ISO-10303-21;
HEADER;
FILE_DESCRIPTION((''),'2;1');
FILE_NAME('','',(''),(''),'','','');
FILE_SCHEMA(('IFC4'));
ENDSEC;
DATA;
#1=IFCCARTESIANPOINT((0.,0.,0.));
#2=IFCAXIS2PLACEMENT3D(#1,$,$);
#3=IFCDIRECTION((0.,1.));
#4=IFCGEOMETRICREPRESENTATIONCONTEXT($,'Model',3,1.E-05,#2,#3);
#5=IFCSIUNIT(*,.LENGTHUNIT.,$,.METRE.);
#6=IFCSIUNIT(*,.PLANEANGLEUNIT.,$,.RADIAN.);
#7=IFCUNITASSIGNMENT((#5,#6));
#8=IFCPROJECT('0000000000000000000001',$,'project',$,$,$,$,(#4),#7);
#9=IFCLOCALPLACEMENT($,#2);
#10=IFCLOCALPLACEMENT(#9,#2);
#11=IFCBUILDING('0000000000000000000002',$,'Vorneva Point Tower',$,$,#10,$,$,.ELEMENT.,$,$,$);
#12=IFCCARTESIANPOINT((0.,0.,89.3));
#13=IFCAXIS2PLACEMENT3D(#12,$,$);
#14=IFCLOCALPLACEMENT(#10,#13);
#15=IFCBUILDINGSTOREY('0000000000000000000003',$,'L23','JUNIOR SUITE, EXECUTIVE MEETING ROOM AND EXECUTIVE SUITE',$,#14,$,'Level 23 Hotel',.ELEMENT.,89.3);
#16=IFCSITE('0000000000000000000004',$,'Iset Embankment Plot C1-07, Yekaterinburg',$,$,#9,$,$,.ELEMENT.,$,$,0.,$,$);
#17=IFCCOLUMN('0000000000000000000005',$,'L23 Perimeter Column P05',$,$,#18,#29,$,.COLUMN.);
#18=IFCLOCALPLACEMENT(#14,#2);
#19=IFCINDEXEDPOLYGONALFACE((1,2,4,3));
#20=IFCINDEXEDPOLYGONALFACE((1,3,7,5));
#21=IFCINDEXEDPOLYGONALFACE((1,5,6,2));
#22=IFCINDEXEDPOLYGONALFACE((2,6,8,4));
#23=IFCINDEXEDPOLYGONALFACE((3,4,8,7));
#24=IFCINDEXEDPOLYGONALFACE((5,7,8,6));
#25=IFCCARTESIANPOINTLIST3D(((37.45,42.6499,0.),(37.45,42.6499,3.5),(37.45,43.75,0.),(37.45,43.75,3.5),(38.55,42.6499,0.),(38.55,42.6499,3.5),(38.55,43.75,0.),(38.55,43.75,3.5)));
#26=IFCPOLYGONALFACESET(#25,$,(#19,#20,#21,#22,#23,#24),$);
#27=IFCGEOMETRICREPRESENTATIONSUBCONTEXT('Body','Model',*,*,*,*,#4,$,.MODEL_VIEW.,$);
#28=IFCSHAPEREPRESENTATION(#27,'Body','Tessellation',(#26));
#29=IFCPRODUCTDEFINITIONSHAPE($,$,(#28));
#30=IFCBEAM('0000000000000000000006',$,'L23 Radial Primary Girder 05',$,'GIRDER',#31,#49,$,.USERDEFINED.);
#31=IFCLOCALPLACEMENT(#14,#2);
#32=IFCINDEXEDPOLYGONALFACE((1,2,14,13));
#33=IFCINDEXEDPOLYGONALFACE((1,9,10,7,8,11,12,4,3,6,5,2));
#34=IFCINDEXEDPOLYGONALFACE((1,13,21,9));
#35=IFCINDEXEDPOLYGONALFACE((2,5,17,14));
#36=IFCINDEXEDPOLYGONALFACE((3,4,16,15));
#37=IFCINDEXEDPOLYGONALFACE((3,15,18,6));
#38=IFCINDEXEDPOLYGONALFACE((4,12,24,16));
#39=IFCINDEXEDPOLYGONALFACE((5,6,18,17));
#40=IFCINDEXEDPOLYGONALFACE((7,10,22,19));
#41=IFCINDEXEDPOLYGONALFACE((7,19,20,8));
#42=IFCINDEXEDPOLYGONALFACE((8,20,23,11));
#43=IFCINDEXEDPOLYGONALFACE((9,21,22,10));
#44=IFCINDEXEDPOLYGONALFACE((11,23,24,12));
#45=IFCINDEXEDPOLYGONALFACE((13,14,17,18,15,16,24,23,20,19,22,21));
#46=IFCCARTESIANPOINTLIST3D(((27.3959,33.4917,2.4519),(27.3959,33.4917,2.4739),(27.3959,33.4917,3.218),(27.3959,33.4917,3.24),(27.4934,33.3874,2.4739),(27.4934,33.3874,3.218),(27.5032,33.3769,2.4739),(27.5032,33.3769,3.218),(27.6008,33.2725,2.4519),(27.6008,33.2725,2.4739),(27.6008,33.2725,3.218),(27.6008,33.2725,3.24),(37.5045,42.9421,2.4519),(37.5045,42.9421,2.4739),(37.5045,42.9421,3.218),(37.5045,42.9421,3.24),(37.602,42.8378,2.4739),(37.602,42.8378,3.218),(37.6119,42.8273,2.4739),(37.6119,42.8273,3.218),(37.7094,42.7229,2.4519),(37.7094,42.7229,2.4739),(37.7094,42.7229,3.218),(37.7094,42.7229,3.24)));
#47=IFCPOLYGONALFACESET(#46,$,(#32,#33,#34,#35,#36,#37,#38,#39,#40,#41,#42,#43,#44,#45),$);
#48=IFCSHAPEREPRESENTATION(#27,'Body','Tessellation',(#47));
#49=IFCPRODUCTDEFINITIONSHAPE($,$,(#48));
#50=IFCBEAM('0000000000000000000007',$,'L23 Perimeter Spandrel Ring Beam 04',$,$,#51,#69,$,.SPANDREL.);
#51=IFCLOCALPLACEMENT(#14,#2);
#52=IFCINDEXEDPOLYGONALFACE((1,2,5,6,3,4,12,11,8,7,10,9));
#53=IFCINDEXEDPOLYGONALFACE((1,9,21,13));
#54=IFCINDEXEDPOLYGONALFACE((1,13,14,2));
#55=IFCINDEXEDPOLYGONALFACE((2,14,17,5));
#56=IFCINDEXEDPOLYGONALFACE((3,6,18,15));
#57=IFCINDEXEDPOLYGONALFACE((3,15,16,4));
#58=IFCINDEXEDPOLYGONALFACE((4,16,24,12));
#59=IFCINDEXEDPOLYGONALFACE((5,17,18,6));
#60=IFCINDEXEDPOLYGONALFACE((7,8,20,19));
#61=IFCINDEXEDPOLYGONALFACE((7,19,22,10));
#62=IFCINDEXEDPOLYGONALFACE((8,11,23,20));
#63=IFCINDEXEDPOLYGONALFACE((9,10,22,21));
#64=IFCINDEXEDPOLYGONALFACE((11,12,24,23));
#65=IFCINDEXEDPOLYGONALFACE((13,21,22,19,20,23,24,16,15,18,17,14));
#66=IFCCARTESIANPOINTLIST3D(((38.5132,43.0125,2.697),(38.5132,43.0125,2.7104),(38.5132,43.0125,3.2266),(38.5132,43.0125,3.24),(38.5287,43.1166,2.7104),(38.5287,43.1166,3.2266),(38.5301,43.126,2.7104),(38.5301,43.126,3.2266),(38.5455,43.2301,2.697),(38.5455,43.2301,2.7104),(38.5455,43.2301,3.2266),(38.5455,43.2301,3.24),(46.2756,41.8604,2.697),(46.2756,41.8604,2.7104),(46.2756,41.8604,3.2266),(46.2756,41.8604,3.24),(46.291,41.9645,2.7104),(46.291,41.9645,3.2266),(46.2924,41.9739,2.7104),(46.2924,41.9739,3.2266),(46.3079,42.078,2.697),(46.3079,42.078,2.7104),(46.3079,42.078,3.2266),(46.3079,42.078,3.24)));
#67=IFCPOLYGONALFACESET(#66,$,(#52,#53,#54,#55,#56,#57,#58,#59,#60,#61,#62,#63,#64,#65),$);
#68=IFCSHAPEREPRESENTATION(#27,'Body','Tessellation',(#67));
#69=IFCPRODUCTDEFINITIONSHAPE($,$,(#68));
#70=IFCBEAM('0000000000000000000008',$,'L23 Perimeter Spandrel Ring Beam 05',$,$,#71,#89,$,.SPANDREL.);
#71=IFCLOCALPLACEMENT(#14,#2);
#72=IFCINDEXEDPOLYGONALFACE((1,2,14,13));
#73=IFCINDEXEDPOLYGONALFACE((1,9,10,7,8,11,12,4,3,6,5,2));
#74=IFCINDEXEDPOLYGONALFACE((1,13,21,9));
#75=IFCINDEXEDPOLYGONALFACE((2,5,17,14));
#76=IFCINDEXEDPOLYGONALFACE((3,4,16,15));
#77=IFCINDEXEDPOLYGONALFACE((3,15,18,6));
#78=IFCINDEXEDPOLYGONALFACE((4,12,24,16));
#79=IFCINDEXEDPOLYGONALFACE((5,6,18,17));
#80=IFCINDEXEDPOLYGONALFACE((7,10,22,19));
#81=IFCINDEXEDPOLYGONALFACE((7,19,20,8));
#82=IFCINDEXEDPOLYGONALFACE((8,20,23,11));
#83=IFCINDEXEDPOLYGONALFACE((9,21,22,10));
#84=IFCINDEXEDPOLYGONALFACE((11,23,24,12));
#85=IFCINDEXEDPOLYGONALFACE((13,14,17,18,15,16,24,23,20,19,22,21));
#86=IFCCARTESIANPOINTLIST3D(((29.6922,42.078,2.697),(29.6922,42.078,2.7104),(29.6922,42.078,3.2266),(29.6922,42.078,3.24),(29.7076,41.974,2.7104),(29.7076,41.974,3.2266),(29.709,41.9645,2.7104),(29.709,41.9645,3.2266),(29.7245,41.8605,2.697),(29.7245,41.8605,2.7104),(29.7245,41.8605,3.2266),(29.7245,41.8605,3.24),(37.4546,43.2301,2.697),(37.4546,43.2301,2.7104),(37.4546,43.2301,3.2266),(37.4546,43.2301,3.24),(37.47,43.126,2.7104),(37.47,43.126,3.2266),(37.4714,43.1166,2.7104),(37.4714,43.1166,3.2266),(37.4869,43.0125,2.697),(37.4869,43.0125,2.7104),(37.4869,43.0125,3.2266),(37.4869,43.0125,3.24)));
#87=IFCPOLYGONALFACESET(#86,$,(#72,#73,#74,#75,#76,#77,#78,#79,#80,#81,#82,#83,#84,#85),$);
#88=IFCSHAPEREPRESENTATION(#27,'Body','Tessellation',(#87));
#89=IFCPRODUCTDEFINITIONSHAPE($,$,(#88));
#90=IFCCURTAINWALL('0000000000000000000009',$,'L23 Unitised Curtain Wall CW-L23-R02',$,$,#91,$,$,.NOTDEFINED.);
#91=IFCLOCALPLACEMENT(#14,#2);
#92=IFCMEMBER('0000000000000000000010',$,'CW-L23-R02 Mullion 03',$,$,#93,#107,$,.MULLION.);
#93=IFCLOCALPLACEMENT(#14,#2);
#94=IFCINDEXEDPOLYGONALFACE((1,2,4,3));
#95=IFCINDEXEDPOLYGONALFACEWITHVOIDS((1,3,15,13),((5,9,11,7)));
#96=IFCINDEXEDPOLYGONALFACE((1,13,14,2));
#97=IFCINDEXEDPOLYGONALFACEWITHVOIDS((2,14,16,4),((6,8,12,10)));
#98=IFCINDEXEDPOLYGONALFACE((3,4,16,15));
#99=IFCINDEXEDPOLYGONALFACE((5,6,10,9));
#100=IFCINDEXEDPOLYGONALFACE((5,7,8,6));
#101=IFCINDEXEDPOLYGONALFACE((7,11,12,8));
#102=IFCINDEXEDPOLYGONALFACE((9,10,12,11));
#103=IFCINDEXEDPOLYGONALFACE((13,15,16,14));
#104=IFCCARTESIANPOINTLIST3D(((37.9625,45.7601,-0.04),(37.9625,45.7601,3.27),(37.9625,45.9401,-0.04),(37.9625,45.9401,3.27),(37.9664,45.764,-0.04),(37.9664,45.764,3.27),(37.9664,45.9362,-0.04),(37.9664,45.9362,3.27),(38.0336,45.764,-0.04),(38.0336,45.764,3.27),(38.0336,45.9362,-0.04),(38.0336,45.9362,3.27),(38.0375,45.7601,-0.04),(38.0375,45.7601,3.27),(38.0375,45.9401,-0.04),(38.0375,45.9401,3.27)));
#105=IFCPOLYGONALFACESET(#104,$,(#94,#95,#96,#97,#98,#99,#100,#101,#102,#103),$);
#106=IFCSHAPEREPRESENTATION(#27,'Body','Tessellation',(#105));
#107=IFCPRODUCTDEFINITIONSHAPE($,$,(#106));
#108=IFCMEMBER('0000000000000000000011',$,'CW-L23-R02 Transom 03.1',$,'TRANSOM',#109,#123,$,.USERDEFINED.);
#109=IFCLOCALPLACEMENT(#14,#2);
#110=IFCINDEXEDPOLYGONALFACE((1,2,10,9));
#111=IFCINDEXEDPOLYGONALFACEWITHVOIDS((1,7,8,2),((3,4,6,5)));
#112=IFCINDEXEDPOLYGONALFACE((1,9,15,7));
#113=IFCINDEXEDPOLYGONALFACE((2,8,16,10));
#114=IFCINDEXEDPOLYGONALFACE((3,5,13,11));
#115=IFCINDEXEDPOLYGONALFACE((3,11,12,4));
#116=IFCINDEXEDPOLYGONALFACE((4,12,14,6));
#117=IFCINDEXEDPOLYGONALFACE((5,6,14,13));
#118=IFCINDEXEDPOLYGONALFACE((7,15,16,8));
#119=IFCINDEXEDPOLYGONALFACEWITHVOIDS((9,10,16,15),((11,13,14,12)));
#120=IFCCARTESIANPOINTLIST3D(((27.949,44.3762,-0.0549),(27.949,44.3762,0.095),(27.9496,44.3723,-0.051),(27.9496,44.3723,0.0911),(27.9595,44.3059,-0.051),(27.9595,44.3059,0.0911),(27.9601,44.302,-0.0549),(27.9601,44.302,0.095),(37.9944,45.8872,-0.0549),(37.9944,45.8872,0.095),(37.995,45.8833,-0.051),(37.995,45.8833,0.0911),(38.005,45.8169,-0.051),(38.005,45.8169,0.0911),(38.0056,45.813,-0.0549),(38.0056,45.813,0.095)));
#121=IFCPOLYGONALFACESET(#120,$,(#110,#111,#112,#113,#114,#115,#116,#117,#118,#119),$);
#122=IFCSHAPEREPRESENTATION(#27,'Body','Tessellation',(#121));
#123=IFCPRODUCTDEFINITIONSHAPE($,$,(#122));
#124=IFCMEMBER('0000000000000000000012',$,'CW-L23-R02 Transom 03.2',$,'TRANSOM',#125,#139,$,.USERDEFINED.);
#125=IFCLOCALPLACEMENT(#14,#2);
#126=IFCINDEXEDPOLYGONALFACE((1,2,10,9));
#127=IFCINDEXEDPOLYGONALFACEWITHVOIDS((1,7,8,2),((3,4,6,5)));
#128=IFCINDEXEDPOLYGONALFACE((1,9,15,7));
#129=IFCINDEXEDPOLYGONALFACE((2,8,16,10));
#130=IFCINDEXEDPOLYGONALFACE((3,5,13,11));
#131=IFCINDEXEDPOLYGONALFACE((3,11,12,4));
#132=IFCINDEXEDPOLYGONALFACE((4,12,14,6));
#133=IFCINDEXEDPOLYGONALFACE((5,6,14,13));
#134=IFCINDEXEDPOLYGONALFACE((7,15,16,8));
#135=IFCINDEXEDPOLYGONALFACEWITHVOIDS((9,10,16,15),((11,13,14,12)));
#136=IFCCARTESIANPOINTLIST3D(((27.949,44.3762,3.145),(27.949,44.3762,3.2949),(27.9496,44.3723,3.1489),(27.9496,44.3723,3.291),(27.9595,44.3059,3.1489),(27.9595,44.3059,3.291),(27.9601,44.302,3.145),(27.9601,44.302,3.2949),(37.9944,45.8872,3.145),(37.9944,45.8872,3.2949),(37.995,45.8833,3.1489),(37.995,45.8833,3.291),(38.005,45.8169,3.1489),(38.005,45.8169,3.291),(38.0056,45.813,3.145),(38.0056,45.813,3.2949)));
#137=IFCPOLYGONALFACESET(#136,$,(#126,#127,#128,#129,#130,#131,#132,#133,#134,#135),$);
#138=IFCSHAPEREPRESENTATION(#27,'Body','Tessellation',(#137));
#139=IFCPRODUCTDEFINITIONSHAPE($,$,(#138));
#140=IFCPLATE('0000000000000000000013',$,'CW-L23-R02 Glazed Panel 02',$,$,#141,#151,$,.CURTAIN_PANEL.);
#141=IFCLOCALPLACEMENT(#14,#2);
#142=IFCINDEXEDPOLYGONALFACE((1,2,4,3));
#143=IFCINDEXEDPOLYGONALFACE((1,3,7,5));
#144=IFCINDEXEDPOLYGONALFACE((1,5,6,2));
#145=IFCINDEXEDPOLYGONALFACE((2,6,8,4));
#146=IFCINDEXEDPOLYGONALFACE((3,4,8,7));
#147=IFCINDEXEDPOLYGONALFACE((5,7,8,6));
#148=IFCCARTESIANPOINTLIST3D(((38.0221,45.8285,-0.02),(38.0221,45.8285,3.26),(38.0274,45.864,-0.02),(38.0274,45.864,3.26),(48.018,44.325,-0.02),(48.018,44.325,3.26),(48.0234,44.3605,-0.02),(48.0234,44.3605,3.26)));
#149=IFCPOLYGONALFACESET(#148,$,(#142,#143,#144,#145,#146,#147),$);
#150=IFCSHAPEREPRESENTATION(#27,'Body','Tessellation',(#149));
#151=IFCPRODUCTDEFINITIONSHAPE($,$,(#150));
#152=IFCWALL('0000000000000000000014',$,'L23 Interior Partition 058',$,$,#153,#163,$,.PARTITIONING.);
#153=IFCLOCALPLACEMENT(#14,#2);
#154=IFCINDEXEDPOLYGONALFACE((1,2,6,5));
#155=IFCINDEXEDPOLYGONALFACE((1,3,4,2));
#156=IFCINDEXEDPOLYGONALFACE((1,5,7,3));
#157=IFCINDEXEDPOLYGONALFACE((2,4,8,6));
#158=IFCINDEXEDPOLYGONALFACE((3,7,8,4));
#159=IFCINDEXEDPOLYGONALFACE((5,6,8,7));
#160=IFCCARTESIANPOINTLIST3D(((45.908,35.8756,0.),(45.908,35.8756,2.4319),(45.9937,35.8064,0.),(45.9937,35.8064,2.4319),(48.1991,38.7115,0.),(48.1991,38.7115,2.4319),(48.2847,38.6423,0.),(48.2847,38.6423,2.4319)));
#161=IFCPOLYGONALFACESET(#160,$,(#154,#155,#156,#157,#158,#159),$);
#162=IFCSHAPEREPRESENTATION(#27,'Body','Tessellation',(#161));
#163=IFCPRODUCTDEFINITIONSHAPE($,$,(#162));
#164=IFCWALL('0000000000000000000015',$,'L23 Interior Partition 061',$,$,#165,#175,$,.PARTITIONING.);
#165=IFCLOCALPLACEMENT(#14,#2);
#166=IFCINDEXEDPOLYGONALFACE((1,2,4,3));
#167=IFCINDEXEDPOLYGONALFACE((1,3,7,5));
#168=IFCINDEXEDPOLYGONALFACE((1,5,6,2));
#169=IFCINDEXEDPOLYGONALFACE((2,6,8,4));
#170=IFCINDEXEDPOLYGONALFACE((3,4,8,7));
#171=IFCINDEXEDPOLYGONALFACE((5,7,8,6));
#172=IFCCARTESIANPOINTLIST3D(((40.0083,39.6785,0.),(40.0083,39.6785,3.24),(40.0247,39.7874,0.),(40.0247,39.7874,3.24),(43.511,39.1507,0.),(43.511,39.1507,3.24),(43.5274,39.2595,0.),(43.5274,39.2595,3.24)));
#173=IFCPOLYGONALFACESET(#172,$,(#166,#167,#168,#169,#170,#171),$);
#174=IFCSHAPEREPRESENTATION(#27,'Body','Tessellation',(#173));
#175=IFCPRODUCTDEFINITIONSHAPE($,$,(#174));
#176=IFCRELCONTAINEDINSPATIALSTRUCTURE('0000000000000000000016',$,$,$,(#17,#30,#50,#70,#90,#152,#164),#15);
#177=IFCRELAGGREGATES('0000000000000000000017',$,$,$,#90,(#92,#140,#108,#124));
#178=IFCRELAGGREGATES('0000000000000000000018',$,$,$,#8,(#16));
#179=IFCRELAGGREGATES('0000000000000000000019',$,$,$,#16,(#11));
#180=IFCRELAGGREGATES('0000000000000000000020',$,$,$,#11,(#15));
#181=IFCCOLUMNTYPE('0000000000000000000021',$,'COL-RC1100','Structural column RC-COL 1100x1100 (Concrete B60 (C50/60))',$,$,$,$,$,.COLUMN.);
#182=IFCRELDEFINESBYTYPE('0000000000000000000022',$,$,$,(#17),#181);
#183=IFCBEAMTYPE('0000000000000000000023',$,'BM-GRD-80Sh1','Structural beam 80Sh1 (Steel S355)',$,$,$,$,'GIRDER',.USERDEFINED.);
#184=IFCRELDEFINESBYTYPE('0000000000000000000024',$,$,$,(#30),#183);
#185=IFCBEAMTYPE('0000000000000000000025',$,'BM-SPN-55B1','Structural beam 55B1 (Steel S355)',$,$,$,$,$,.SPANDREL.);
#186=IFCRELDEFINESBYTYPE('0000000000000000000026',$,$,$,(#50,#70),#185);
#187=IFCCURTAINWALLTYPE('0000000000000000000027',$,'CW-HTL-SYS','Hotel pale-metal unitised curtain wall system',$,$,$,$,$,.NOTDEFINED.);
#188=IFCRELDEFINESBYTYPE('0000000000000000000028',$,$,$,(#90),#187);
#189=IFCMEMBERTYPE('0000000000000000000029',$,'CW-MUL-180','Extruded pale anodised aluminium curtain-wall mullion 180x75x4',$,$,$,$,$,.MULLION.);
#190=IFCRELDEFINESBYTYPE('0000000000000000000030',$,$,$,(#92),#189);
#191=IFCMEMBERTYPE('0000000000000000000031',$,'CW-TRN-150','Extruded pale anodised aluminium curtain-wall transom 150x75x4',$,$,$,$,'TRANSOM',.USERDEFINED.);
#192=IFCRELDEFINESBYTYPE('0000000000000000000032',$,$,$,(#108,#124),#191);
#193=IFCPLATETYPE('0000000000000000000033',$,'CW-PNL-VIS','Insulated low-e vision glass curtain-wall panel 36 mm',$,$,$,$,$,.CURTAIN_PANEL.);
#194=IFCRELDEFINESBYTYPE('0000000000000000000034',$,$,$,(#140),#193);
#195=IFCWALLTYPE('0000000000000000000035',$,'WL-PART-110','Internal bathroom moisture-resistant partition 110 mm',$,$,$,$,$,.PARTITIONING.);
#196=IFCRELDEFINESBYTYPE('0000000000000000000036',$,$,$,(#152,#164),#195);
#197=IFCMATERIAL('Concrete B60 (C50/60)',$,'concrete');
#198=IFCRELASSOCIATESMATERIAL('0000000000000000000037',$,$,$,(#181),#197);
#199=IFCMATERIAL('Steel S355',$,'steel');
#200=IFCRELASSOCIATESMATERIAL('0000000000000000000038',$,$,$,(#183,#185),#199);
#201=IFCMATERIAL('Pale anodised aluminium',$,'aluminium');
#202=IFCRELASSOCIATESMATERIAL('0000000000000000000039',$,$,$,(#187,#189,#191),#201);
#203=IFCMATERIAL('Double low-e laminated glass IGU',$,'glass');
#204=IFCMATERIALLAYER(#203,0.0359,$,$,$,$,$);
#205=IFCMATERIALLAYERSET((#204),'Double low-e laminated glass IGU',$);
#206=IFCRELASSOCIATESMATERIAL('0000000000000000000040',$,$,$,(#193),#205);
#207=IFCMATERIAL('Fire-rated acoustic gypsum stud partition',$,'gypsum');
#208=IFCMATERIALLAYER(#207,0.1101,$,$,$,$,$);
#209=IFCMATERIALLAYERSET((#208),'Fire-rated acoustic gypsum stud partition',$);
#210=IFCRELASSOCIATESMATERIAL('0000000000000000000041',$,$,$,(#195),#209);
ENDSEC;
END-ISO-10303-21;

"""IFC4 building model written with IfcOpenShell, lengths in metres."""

from ifc_helpers import new_model, si_unit, direction, frame, frame_2d, origin, origin_2d, place, context, subcontext, project, spatial, rectangle, hollow_rectangle, i_section, extrude, material, layer, layer_set, material_profile, profile_set, type_object, element, aggregate, save


model = new_model("IFC4")

# Units and contexts
model_context = context("Model", 3, precision=1e-05, world=origin(), true_north=direction((0.0, 1.0)))
body_context = subcontext(model_context, "Body", "Model", "MODEL_VIEW")
ifc_project = project(units=[si_unit("LENGTHUNIT", "METRE"), si_unit("PLANEANGLEUNIT", "RADIAN")], contexts=[model_context])

# Site, building, storey
site_placement = place(None, origin())
site = spatial("IfcSite", under=ifc_project, at=site_placement, Name="Iset Embankment Plot C1-07, Yekaterinburg", CompositionType="ELEMENT", RefElevation=0.0)
building_placement = place(site_placement, origin())
building = spatial("IfcBuilding", under=site, at=building_placement, Name="Vorneva Point Tower", CompositionType="ELEMENT")
storey_placement = place(building_placement, frame((0.0, 0.0, 89.3)))
storey = spatial("IfcBuildingStorey", under=building, at=storey_placement, Name="L23", Description="JUNIOR SUITE, EXECUTIVE MEETING ROOM AND EXECUTIVE SUITE", LongName="Level 23 Hotel", CompositionType="ELEMENT", Elevation=89.3)

# Column
ifc_material_1 = material(Name="Concrete B60 (C50/60)", Category="concrete")
ifc_material_profile_1 = material_profile(ifc_material_1, rectangle(XDim=1.1001, YDim=1.1001, at=origin_2d()), Name="RC-COL 1100x1100")
ifc_profile_set_1 = profile_set([ifc_material_profile_1], Name="Concrete B60 (C50/60)")
column_type = type_object("IfcColumnType", Name="COL-RC1100", Description="Structural column RC-COL 1100x1100 (Concrete B60 (C50/60))", PredefinedType="COLUMN", material=ifc_profile_set_1)
column_placement = place(storey_placement, frame((38.0, 43.2, 0.0), z_axis=(0.0, 0.0, 1.0), x_axis=(0.0, 1.0, 0.0)))
element("IfcColumn", 1, at=column_placement, inside=storey, type_object=column_type, Name="L23 Perimeter Column P05", PredefinedType="COLUMN", context=body_context, shape_type="SweptSolid", body=[
    extrude(rectangle(XDim=1.1001, YDim=1.1001, at=origin_2d()), origin(), (0.0, 0.0, 1.0), 3.5),
])

# Beams
ifc_material_2 = material(Name="Steel S355", Category="steel")
ifc_material_profile_2 = material_profile(ifc_material_2, i_section(OverallWidth=0.3, OverallDepth=0.7881, WebThickness=0.0144, FlangeThickness=0.022, at=origin_2d()), Name="80Sh1")
ifc_profile_set_2 = profile_set([ifc_material_profile_2], Name="Steel S355")
beam_type_1 = type_object("IfcBeamType", Name="BM-GRD-80Sh1", Description="Structural beam 80Sh1 (Steel S355)", ElementType="GIRDER", PredefinedType="USERDEFINED", material=ifc_profile_set_2)
beam_placement = place(storey_placement, frame((37.6069, 42.8325, 2.8459), z_axis=(-0.730489, -0.682925, 0.0), x_axis=(0.682925, -0.730489, 0.0)))
element("IfcBeam", 2, at=beam_placement, inside=storey, type_object=beam_type_1, Name="L23 Radial Primary Girder 05", ObjectType="GIRDER", PredefinedType="USERDEFINED", context=body_context, shape_type="SweptSolid", body=[
    extrude(i_section(OverallWidth=0.3, OverallDepth=0.7881, WebThickness=0.0144, FlangeThickness=0.022, at=origin_2d()), origin(), (0.0, 0.0, 1.0), 13.8381),
])
ifc_material_profile_3 = material_profile(ifc_material_2, i_section(OverallWidth=0.22, OverallDepth=0.543, WebThickness=0.0095, FlangeThickness=0.0134, at=origin_2d()), Name="55B1")
ifc_profile_set_3 = profile_set([ifc_material_profile_3], Name="Steel S355")
beam_type_2 = type_object("IfcBeamType", Name="BM-SPN-55B1", Description="Structural beam 55B1 (Steel S355)", PredefinedType="SPANDREL", material=ifc_profile_set_3)
for number, where, z_axis, x_axis, name in (
    (3, (46.2917, 41.9692, 2.9685), (-0.989165, 0.146811, 0.0), (-0.146811, -0.989165, 0.0), "L23 Perimeter Spandrel Ring Beam 04"),
    (4, (37.4707, 43.1213, 2.9685), (-0.989165, -0.146811, 0.0), (0.146811, -0.989165, 0.0), "L23 Perimeter Spandrel Ring Beam 05"),
):
    element("IfcBeam", number, at=place(storey_placement, frame(where, z_axis=z_axis, x_axis=x_axis)), inside=storey, type_object=beam_type_2, Name=name, PredefinedType="SPANDREL", context=body_context, shape_type="SweptSolid", body=[
        extrude(i_section(OverallWidth=0.22, OverallDepth=0.543, WebThickness=0.0095, FlangeThickness=0.0134, at=origin_2d()), origin(), (0.0, 0.0, 1.0), 7.8474),
    ])

# Curtain wall, members, plate
ifc_material_3 = material(Name="Pale anodised aluminium", Category="aluminium")
curtain_wall_type = type_object("IfcCurtainWallType", Name="CW-HTL-SYS", Description="Hotel pale-metal unitised curtain wall system", PredefinedType="NOTDEFINED", material=ifc_material_3)
curtain_wall_placement = place(storey_placement, origin())
curtain_wall = element("IfcCurtainWall", 5, at=curtain_wall_placement, inside=storey, type_object=curtain_wall_type, Name="L23 Unitised Curtain Wall CW-L23-R02", PredefinedType="NOTDEFINED")
ifc_material_profile_4 = material_profile(ifc_material_3, hollow_rectangle(XDim=0.075, YDim=0.1799, WallThickness=0.0039, at=origin_2d()), Name="AL-MUL 180x75x4")
ifc_profile_set_4 = profile_set([ifc_material_profile_4], Name="Pale anodised aluminium")
member_type_1 = type_object("IfcMemberType", Name="CW-MUL-180", Description="Extruded pale anodised aluminium curtain-wall mullion 180x75x4", PredefinedType="MULLION", material=ifc_profile_set_4)
member_1_placement = place(storey_placement, frame((38.0, 45.8501, -0.04), z_axis=(0.0, 0.0, 1.0), x_axis=(1.0, 0.0, 0.0)))
member_1 = element("IfcMember", 6, at=member_1_placement, type_object=member_type_1, Name="CW-L23-R02 Mullion 03", PredefinedType="MULLION", context=body_context, shape_type="SweptSolid", body=[
    extrude(hollow_rectangle(XDim=0.075, YDim=0.1799, WallThickness=0.0039, at=origin_2d()), origin(), (0.0, 0.0, 1.0), 3.3101),
])
ifc_material_profile_5 = material_profile(ifc_material_3, hollow_rectangle(XDim=0.075, YDim=0.1499, WallThickness=0.0039, at=origin_2d()), Name="AL-TRN 150x75x4")
ifc_profile_set_5 = profile_set([ifc_material_profile_5], Name="Pale anodised aluminium")
member_type_2 = type_object("IfcMemberType", Name="CW-TRN-150", Description="Extruded pale anodised aluminium curtain-wall transom 150x75x4", ElementType="TRANSOM", PredefinedType="USERDEFINED", material=ifc_profile_set_5)
member_2_placement = place(storey_placement, frame((38.0, 45.8501, 0.02), z_axis=(-0.988876, -0.148742, 0.0), x_axis=(0.148742, -0.988876, 0.0)))
member_2 = element("IfcMember", 7, at=member_2_placement, type_object=member_type_2, Name="CW-L23-R02 Transom 03.1", ObjectType="TRANSOM", PredefinedType="USERDEFINED", context=body_context, shape_type="SweptSolid", body=[
    extrude(hollow_rectangle(XDim=0.075, YDim=0.1499, WallThickness=0.0039, at=origin_2d()), origin(), (0.0, 0.0, 1.0), 10.1584),
])
member_3_placement = place(storey_placement, frame((38.0, 45.8501, 3.22), z_axis=(-0.988876, -0.148742, 0.0), x_axis=(0.148742, -0.988876, 0.0)))
member_3 = element("IfcMember", 8, at=member_3_placement, type_object=member_type_2, Name="CW-L23-R02 Transom 03.2", ObjectType="TRANSOM", PredefinedType="USERDEFINED", context=body_context, shape_type="SweptSolid", body=[
    extrude(hollow_rectangle(XDim=0.075, YDim=0.1499, WallThickness=0.0039, at=origin_2d()), origin(), (0.0, 0.0, 1.0), 10.1584),
])
ifc_material_4 = material(Name="Double low-e laminated glass IGU", Category="glass")
ifc_layer_1 = layer(ifc_material_4, 0.0359)
ifc_layer_set_1 = layer_set([ifc_layer_1], Name="Double low-e laminated glass IGU")
plate_type = type_object("IfcPlateType", Name="CW-PNL-VIS", Description="Insulated low-e vision glass curtain-wall panel 36 mm", PredefinedType="CURTAIN_PANEL", material=ifc_layer_set_1)
plate_placement = place(storey_placement, frame((43.0227, 45.0945, -0.02), z_axis=(0.0, 0.0, 1.0), x_axis=(-0.988876, 0.148741, 0.0)))
plate = element("IfcPlate", 9, at=plate_placement, type_object=plate_type, Name="CW-L23-R02 Glazed Panel 02", PredefinedType="CURTAIN_PANEL", context=body_context, shape_type="SweptSolid", body=[
    extrude(rectangle(XDim=10.1084, YDim=0.0359, at=origin_2d()), origin(), (0.0, 0.0, 1.0), 3.28),
])
aggregate(curtain_wall, [member_1, plate, member_2, member_3])

# Walls
ifc_material_5 = material(Name="Fire-rated acoustic gypsum stud partition", Category="gypsum")
ifc_layer_2 = layer(ifc_material_5, 0.1101)
ifc_layer_set_2 = layer_set([ifc_layer_2], Name="Fire-rated acoustic gypsum stud partition")
wall_type_1 = type_object("IfcWallType", Name="WL-PART-110", Description="Internal bathroom moisture-resistant partition 110 mm", PredefinedType="PARTITIONING", material=ifc_layer_set_2)
wall_1_placement = place(storey_placement, frame((45.9509, 35.8411, 0.0), z_axis=(0.0, 0.0, 1.0), x_axis=(0.628412, 0.777881, 0.0)))
element("IfcWall", 10, at=wall_1_placement, inside=storey, type_object=wall_type_1, Name="L23 Interior Partition 058", PredefinedType="PARTITIONING", context=body_context, shape_type="SweptSolid", body=[
    extrude(rectangle(XDim=3.6458, YDim=0.1101, at=frame_2d((1.8228, 0.0))), origin(), (0.0, 0.0, 1.0), 2.4319),
])
wall_2_placement = place(storey_placement, frame((40.0166, 39.7329, 0.0), z_axis=(0.0, 0.0, 1.0), x_axis=(0.988836, -0.149011, 0.0)))
element("IfcWall", 11, at=wall_2_placement, inside=storey, type_object=wall_type_1, Name="L23 Interior Partition 061", PredefinedType="PARTITIONING", context=body_context, shape_type="SweptSolid", body=[
    extrude(rectangle(XDim=3.5422, YDim=0.1101, at=frame_2d((1.771, 0.0))), origin(), (0.0, 0.0, 1.0), 3.24),
])

save(model, "model.ifc")
